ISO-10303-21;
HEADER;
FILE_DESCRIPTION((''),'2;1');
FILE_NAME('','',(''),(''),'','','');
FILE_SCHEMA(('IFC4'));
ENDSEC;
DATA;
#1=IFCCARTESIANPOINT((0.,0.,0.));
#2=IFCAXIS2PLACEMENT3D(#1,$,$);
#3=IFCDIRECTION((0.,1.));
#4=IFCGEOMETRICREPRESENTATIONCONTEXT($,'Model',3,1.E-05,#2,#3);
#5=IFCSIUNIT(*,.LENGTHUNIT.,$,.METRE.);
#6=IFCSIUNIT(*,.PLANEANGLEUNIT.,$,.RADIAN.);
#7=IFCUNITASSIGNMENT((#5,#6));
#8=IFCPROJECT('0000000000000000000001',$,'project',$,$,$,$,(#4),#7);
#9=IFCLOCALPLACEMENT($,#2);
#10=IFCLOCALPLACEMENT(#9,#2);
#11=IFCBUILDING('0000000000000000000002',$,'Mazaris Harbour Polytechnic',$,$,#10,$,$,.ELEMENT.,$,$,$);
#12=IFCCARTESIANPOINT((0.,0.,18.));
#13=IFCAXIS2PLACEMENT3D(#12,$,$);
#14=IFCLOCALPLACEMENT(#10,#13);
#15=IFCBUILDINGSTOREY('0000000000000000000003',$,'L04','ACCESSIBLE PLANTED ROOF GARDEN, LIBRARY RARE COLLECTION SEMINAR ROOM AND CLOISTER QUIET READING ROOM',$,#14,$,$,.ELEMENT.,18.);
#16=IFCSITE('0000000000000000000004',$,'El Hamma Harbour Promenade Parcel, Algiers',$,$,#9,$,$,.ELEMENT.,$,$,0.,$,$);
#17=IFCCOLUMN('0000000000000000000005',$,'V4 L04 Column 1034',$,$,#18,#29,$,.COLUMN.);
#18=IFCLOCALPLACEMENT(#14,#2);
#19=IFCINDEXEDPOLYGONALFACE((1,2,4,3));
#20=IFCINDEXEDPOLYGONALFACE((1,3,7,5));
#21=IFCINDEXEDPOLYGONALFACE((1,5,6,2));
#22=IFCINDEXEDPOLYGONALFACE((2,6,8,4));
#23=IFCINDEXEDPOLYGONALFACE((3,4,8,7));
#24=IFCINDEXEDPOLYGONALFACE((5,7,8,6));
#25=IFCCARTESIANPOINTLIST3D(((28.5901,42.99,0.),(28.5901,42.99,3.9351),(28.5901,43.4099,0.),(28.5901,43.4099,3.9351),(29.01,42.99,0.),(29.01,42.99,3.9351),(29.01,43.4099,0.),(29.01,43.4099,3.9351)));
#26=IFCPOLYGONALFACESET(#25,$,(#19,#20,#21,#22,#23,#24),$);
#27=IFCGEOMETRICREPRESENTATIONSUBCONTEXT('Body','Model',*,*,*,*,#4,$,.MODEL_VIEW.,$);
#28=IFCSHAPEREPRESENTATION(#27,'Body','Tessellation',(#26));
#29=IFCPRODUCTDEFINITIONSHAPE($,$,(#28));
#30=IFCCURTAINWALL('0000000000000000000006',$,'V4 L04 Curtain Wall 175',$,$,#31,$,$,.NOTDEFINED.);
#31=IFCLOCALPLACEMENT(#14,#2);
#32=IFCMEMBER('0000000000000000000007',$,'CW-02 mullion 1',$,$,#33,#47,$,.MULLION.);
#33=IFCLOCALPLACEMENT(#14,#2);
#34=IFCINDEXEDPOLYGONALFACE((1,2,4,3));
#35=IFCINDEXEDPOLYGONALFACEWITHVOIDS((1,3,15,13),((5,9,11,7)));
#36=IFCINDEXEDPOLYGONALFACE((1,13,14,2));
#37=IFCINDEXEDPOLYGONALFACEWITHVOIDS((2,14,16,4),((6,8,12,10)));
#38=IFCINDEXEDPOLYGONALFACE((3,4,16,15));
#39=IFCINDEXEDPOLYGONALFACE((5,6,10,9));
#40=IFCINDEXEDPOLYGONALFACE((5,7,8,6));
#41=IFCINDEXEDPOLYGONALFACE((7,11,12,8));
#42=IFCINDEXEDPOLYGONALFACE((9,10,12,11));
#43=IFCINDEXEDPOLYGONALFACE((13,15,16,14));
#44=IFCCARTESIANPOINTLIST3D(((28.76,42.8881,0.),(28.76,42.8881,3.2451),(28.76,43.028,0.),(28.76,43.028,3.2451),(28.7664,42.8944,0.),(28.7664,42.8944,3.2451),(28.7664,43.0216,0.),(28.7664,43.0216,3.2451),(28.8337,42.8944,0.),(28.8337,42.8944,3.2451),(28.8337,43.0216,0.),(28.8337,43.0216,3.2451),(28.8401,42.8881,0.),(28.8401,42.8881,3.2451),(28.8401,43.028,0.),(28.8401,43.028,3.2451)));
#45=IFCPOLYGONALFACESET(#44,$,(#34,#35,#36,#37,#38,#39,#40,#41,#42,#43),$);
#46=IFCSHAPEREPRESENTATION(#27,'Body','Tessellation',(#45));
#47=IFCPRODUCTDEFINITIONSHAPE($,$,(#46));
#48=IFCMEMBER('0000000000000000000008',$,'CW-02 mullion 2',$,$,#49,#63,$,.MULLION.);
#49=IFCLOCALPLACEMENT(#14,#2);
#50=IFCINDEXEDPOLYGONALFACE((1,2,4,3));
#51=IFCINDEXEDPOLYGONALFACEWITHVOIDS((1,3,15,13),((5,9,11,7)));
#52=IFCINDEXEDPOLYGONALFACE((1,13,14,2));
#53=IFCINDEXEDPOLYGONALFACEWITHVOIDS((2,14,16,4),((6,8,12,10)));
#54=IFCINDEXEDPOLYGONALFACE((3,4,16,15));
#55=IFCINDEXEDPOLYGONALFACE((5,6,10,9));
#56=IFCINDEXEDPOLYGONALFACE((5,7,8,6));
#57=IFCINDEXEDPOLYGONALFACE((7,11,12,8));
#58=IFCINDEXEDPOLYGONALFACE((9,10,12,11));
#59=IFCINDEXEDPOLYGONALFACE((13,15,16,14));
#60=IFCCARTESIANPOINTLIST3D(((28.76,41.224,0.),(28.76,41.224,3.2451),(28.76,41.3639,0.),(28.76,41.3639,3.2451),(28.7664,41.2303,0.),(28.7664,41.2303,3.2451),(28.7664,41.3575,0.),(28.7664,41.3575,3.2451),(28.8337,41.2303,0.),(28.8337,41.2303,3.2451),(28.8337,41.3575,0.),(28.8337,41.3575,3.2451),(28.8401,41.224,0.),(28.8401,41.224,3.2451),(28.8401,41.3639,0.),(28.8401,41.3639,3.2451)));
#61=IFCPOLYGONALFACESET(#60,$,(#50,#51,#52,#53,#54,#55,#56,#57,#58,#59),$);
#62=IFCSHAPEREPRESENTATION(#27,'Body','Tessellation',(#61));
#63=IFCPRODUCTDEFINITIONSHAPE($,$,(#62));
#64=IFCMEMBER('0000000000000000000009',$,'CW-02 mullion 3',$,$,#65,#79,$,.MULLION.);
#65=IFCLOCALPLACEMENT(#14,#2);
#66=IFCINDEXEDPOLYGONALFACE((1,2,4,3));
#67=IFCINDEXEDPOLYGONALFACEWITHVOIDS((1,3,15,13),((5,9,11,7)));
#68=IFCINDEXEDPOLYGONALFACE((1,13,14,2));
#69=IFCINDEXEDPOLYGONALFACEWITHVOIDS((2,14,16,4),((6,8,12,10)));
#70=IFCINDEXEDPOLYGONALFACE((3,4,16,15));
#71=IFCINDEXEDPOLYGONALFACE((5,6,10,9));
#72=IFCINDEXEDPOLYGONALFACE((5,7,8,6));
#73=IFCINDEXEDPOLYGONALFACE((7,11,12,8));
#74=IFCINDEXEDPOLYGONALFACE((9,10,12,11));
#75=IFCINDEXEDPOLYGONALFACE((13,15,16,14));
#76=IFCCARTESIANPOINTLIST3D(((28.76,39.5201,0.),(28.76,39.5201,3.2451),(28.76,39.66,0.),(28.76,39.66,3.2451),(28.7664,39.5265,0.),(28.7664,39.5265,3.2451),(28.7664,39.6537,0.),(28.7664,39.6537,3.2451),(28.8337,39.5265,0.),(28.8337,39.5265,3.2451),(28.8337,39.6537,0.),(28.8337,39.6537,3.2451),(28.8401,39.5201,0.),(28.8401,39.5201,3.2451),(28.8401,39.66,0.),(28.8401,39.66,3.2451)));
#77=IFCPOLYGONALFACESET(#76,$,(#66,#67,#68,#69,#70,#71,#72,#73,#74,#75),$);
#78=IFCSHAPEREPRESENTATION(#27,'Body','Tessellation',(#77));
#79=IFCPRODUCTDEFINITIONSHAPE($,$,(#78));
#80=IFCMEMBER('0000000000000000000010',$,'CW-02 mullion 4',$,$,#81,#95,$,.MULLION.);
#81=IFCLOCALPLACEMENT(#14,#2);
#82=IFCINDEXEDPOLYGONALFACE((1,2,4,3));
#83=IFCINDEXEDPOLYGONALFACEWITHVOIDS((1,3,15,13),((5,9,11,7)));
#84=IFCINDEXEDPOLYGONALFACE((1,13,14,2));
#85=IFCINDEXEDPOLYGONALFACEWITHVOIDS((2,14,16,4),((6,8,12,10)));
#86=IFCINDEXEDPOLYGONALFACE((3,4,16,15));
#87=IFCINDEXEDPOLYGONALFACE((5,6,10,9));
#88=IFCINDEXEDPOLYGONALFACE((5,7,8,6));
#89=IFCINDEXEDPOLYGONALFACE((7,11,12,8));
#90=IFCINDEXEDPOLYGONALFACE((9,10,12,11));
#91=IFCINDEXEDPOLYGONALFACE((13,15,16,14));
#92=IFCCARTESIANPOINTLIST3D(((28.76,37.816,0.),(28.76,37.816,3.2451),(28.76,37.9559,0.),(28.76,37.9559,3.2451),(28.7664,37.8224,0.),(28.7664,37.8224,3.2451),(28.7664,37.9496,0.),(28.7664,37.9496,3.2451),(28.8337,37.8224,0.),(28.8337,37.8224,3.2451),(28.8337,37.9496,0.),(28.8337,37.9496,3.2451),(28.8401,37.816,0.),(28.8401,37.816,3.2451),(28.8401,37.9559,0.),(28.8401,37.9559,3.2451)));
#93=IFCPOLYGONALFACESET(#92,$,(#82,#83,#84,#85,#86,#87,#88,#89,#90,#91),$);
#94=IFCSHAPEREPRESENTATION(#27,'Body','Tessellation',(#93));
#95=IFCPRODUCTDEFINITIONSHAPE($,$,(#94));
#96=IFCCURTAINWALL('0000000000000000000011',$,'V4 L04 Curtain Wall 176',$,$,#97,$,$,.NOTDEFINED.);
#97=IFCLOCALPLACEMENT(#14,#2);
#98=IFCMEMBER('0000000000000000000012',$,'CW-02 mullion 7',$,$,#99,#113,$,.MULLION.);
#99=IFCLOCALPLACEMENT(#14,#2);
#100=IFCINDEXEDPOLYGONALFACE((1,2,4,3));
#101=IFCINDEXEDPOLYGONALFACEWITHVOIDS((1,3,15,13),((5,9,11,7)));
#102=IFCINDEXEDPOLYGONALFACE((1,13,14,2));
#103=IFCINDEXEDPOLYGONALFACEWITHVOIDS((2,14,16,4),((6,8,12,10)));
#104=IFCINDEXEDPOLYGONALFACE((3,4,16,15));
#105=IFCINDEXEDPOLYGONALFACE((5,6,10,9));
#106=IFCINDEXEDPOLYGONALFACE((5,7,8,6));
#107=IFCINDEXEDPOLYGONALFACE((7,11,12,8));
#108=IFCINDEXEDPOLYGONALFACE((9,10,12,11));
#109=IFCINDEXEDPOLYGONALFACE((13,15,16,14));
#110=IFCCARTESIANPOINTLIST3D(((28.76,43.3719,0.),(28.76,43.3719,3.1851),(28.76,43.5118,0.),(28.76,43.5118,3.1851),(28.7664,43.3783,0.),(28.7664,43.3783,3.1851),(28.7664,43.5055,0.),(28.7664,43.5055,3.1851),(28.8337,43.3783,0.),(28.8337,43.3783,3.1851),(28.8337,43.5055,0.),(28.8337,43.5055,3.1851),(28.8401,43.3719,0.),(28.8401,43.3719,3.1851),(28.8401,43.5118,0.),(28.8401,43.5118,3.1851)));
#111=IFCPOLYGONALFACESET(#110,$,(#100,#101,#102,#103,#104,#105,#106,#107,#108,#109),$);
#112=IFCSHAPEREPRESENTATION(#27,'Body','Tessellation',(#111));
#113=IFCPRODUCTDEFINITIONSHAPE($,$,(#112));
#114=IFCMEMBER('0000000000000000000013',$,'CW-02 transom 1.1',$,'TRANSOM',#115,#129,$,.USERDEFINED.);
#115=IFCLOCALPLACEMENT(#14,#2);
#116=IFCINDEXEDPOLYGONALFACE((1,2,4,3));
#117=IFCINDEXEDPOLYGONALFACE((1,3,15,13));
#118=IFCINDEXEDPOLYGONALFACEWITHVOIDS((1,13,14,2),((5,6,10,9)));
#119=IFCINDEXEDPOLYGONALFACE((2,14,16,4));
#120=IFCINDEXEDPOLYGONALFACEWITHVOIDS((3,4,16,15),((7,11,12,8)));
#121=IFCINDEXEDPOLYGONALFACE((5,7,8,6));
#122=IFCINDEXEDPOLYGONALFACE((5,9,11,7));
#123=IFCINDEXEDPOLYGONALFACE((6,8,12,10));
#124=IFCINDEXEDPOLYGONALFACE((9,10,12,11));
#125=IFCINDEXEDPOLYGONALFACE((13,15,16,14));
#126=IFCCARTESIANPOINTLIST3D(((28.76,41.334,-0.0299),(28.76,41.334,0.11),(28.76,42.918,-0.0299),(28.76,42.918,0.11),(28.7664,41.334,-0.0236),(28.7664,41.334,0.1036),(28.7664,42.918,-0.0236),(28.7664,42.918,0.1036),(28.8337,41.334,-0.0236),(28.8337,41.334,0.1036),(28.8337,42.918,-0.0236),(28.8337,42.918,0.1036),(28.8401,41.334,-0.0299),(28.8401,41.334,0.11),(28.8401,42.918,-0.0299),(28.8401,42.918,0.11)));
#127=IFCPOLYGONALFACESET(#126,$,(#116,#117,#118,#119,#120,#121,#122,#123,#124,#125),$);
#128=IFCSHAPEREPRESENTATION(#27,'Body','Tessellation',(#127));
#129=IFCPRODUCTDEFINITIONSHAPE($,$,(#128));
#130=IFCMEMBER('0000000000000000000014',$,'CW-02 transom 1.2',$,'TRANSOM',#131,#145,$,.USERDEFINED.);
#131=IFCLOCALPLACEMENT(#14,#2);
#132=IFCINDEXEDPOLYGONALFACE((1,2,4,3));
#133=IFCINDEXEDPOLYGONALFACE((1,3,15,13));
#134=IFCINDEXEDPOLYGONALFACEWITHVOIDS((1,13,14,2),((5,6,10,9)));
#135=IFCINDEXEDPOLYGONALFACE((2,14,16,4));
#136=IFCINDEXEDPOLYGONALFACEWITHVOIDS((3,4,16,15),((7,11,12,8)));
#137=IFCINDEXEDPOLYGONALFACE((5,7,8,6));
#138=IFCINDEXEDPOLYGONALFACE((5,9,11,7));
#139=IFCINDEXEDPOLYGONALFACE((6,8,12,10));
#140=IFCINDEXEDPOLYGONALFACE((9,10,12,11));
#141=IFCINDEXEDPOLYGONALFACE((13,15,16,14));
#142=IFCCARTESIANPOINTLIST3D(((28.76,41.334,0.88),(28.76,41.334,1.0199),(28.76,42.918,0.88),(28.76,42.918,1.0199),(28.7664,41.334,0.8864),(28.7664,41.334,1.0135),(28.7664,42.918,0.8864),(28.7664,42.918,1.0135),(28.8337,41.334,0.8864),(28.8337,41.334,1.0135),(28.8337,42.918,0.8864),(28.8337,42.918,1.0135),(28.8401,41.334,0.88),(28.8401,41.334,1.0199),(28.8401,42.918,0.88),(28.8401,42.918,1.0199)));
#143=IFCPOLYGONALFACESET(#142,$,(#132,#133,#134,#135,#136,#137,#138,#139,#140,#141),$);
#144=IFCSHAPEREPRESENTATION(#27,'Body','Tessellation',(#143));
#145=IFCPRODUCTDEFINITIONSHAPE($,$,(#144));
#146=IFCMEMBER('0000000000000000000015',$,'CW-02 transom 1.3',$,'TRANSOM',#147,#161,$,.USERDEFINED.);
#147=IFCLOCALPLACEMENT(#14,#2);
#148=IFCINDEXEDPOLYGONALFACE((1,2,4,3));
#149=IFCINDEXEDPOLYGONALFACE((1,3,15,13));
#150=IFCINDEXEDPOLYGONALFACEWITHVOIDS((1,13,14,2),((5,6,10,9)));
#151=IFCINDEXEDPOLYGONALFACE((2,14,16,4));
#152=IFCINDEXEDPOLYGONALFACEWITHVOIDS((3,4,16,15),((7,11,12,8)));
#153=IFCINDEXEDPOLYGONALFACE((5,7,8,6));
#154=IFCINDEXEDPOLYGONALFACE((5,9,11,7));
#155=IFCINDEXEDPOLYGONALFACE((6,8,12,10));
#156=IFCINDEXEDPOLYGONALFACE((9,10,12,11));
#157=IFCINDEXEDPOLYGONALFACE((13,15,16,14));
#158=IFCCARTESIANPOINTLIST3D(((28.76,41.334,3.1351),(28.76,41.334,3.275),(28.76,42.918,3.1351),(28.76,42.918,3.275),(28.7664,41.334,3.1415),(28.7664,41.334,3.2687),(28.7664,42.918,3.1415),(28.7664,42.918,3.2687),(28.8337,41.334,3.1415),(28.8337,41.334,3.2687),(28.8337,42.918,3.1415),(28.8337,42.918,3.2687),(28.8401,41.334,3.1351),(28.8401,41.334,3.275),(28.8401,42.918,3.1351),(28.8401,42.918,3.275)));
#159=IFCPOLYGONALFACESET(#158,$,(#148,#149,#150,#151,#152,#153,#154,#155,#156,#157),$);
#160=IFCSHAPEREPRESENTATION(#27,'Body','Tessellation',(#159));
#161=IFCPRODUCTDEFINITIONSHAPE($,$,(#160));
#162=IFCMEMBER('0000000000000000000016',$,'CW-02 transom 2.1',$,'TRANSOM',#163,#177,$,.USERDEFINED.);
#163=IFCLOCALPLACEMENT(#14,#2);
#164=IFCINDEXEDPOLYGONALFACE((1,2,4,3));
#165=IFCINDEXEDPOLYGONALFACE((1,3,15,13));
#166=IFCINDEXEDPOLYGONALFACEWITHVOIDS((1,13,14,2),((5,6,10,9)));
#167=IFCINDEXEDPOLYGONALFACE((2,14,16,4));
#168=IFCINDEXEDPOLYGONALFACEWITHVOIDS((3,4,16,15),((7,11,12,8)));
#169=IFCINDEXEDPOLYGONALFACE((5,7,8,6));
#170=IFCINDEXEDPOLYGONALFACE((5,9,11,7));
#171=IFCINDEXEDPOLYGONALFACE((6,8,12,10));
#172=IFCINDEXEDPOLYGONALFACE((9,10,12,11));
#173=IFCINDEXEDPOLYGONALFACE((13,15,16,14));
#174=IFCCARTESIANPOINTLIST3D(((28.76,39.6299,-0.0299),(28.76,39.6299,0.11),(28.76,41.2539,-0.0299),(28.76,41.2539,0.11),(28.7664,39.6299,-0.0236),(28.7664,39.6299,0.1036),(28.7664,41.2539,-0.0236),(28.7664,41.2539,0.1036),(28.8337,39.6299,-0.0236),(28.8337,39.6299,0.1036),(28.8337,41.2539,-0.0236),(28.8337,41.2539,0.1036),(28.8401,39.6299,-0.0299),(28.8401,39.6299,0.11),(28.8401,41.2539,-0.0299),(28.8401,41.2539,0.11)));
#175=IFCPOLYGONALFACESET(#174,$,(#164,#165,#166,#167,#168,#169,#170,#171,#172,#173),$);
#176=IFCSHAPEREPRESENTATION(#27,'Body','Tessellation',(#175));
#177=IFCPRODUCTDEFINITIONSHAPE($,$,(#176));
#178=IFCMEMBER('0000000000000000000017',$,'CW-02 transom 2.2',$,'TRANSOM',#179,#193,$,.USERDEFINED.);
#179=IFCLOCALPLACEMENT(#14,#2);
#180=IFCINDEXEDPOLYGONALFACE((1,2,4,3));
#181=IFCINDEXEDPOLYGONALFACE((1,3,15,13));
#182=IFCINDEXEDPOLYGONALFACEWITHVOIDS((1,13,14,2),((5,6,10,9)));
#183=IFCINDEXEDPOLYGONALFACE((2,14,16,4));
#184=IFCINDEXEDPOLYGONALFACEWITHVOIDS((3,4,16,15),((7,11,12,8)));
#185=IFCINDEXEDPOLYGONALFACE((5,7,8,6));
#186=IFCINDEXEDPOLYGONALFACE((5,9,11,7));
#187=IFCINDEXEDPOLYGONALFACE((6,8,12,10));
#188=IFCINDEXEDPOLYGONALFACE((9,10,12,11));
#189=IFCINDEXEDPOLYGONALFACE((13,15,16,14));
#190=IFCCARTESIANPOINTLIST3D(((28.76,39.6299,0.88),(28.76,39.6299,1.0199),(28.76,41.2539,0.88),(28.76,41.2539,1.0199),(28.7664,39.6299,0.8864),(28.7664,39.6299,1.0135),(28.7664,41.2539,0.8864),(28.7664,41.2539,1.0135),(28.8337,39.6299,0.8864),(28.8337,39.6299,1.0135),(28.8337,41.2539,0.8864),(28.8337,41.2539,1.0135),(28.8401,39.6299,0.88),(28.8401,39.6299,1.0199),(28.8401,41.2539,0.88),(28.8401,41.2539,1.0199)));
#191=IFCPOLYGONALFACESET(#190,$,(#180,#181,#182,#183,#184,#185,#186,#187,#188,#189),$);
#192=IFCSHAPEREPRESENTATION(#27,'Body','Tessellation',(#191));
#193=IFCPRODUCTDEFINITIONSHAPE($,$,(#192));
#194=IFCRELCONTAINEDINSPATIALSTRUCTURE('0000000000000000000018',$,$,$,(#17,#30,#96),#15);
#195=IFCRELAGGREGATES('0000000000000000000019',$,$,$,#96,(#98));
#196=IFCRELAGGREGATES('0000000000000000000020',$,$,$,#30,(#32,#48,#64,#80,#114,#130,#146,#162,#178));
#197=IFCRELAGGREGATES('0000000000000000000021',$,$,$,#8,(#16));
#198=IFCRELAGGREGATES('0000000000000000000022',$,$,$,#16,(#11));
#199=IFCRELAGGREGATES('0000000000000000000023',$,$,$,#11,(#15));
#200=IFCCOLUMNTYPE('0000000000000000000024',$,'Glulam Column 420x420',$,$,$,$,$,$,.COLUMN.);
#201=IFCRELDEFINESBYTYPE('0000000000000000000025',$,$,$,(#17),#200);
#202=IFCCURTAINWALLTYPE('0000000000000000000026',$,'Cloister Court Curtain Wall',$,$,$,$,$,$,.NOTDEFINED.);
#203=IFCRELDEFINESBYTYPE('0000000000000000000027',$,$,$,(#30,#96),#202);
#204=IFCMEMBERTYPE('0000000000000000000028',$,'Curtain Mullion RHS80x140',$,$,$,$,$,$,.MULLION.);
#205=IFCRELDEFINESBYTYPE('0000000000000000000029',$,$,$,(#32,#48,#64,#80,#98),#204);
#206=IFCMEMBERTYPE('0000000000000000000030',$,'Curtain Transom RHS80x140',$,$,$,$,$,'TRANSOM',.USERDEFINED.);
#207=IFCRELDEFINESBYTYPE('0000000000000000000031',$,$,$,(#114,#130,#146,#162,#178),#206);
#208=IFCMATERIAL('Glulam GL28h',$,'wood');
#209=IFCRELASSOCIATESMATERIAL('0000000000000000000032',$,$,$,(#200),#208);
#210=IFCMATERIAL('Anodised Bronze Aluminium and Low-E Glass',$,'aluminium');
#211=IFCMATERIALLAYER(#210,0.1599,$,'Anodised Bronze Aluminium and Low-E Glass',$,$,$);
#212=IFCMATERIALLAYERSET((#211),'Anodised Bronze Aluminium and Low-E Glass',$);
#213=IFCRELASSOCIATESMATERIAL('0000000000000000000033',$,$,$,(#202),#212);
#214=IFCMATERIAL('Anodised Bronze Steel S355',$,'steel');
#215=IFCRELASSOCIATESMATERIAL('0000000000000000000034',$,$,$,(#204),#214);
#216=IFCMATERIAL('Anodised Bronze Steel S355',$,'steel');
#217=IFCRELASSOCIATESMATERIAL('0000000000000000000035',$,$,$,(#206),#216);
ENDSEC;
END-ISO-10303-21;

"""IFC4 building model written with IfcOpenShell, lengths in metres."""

from ifc_helpers import new_model, si_unit, direction, frame, origin, origin_2d, place, context, subcontext, project, spatial, rectangle, hollow_rectangle, extrude, material, layer, layer_set, material_profile, profile_set, type_object, element, aggregate, save


model = new_model("IFC4")

# Units and contexts
model_context = context("Model", 3, precision=1e-05, world=origin(), true_north=direction((0.0, 1.0)))
body_context = subcontext(model_context, "Body", "Model", "MODEL_VIEW")
ifc_project = project(units=[si_unit("LENGTHUNIT", "METRE"), si_unit("PLANEANGLEUNIT", "RADIAN")], contexts=[model_context])

# Site, building, storey
site_placement = place(None, origin())
site = spatial("IfcSite", under=ifc_project, at=site_placement, Name="El Hamma Harbour Promenade Parcel, Algiers", CompositionType="ELEMENT", RefElevation=0.0)
building_placement = place(site_placement, origin())
building = spatial("IfcBuilding", under=site, at=building_placement, Name="Mazaris Harbour Polytechnic", CompositionType="ELEMENT")
storey_placement = place(building_placement, frame((0.0, 0.0, 18.0)))
storey = spatial("IfcBuildingStorey", under=building, at=storey_placement, Name="L04", Description="ACCESSIBLE PLANTED ROOF GARDEN, LIBRARY RARE COLLECTION SEMINAR ROOM AND CLOISTER QUIET READING ROOM", CompositionType="ELEMENT", Elevation=18.0)

# Column
ifc_material_1 = material(Name="Glulam GL28h", Category="wood")
ifc_material_profile_1 = material_profile(ifc_material_1, rectangle(XDim=0.4199, YDim=0.4199, at=origin_2d()), Name="RECT420x420")
ifc_profile_set_1 = profile_set([ifc_material_profile_1], Name="Glulam GL28h")
column_type = type_object("IfcColumnType", Name="Glulam Column 420x420", PredefinedType="COLUMN", material=ifc_profile_set_1)
column_placement = place(storey_placement, frame((28.8, 43.2, 0.0), z_axis=(0.0, 0.0, 1.0), x_axis=(1.0, 0.0, 0.0)))
element("IfcColumn", 1, at=column_placement, inside=storey, type_object=column_type, Name="V4 L04 Column 1034", PredefinedType="COLUMN", context=body_context, shape_type="SweptSolid", body=[
    extrude(rectangle(XDim=0.4199, YDim=0.4199, at=origin_2d()), origin(), (0.0, 0.0, 1.0), 3.9351),
])

# Curtain wall, members
ifc_material_2 = material(Name="Anodised Bronze Aluminium and Low-E Glass", Category="aluminium")
ifc_layer_1 = layer(ifc_material_2, 0.1599, Name="Anodised Bronze Aluminium and Low-E Glass")
ifc_layer_set_1 = layer_set([ifc_layer_1], Name="Anodised Bronze Aluminium and Low-E Glass")
curtain_wall_type = type_object("IfcCurtainWallType", Name="Cloister Court Curtain Wall", PredefinedType="NOTDEFINED", material=ifc_layer_set_1)
curtain_wall_1_placement = place(storey_placement, origin())
curtain_wall_1 = element("IfcCurtainWall", 2, at=curtain_wall_1_placement, inside=storey, type_object=curtain_wall_type, Name="V4 L04 Curtain Wall 175", PredefinedType="NOTDEFINED")
ifc_material_3 = material(Name="Anodised Bronze Steel S355", Category="steel")
ifc_material_profile_2 = material_profile(ifc_material_3, hollow_rectangle(XDim=0.0801, YDim=0.1399, WallThickness=0.0063, at=origin_2d()), Name="RHS 80x140x6.3")
ifc_profile_set_2 = profile_set([ifc_material_profile_2], Name="Anodised Bronze Steel S355")
member_type_1 = type_object("IfcMemberType", Name="Curtain Mullion RHS80x140", PredefinedType="MULLION", material=ifc_profile_set_2)
member_1_placement = place(storey_placement, frame((28.8, 42.958, 0.0), z_axis=(0.0, 0.0, 1.0), x_axis=(1.0, 0.0, 0.0)))
member_1 = element("IfcMember", 3, at=member_1_placement, type_object=member_type_1, Name="CW-02 mullion 1", PredefinedType="MULLION", context=body_context, shape_type="SweptSolid", body=[
    extrude(hollow_rectangle(XDim=0.0801, YDim=0.1399, WallThickness=0.0063, at=origin_2d()), origin(), (0.0, 0.0, 1.0), 3.2451),
])
member_2_placement = place(storey_placement, frame((28.8, 41.2939, 0.0), z_axis=(0.0, 0.0, 1.0), x_axis=(1.0, 0.0, 0.0)))
member_2 = element("IfcMember", 4, at=member_2_placement, type_object=member_type_1, Name="CW-02 mullion 2", PredefinedType="MULLION", context=body_context, shape_type="SweptSolid", body=[
    extrude(hollow_rectangle(XDim=0.0801, YDim=0.1399, WallThickness=0.0063, at=origin_2d()), origin(), (0.0, 0.0, 1.0), 3.2451),
])
member_3_placement = place(storey_placement, frame((28.8, 39.5901, 0.0), z_axis=(0.0, 0.0, 1.0), x_axis=(1.0, 0.0, 0.0)))
member_3 = element("IfcMember", 5, at=member_3_placement, type_object=member_type_1, Name="CW-02 mullion 3", PredefinedType="MULLION", context=body_context, shape_type="SweptSolid", body=[
    extrude(hollow_rectangle(XDim=0.0801, YDim=0.1399, WallThickness=0.0063, at=origin_2d()), origin(), (0.0, 0.0, 1.0), 3.2451),
])
member_4_placement = place(storey_placement, frame((28.8, 37.886, 0.0), z_axis=(0.0, 0.0, 1.0), x_axis=(1.0, 0.0, 0.0)))
member_4 = element("IfcMember", 6, at=member_4_placement, type_object=member_type_1, Name="CW-02 mullion 4", PredefinedType="MULLION", context=body_context, shape_type="SweptSolid", body=[
    extrude(hollow_rectangle(XDim=0.0801, YDim=0.1399, WallThickness=0.0063, at=origin_2d()), origin(), (0.0, 0.0, 1.0), 3.2451),
])

# Curtain wall, member
curtain_wall_2_placement = place(storey_placement, origin())
curtain_wall_2 = element("IfcCurtainWall", 7, at=curtain_wall_2_placement, inside=storey, type_object=curtain_wall_type, Name="V4 L04 Curtain Wall 176", PredefinedType="NOTDEFINED")
member_5_placement = place(storey_placement, frame((28.8, 43.4419, 0.0), z_axis=(0.0, 0.0, 1.0), x_axis=(1.0, 0.0, 0.0)))
member_5 = element("IfcMember", 8, at=member_5_placement, type_object=member_type_1, Name="CW-02 mullion 7", PredefinedType="MULLION", context=body_context, shape_type="SweptSolid", body=[
    extrude(hollow_rectangle(XDim=0.0801, YDim=0.1399, WallThickness=0.0063, at=origin_2d()), origin(), (0.0, 0.0, 1.0), 3.1851),
])
aggregate(curtain_wall_2, [member_5])

# Members
ifc_material_4 = material(Name="Anodised Bronze Steel S355", Category="steel")
ifc_material_profile_3 = material_profile(ifc_material_4, hollow_rectangle(XDim=0.0801, YDim=0.1399, WallThickness=0.0063, at=origin_2d()), Name="RHS 80x140x6.3")
ifc_profile_set_3 = profile_set([ifc_material_profile_3], Name="Anodised Bronze Steel S355")
member_type_2 = type_object("IfcMemberType", Name="Curtain Transom RHS80x140", ElementType="TRANSOM", PredefinedType="USERDEFINED", material=ifc_profile_set_3)
member_6_placement = place(storey_placement, frame((28.8, 42.918, 0.04), z_axis=(0.0, -1.0, 0.0), x_axis=(1.0, 0.0, 0.0)))
member_6 = element("IfcMember", 9, at=member_6_placement, type_object=member_type_2, Name="CW-02 transom 1.1", ObjectType="TRANSOM", PredefinedType="USERDEFINED", context=body_context, shape_type="SweptSolid", body=[
    extrude(hollow_rectangle(XDim=0.0801, YDim=0.1399, WallThickness=0.0063, at=origin_2d()), origin(), (0.0, 0.0, 1.0), 1.584),
])
member_7_placement = place(storey_placement, frame((28.8, 42.918, 0.95), z_axis=(0.0, -1.0, 0.0), x_axis=(1.0, 0.0, 0.0)))
member_7 = element("IfcMember", 10, at=member_7_placement, type_object=member_type_2, Name="CW-02 transom 1.2", ObjectType="TRANSOM", PredefinedType="USERDEFINED", context=body_context, shape_type="SweptSolid", body=[
    extrude(hollow_rectangle(XDim=0.0801, YDim=0.1399, WallThickness=0.0063, at=origin_2d()), origin(), (0.0, 0.0, 1.0), 1.584),
])
member_8_placement = place(storey_placement, frame((28.8, 42.918, 3.2051), z_axis=(0.0, -1.0, 0.0), x_axis=(1.0, 0.0, 0.0)))
member_8 = element("IfcMember", 11, at=member_8_placement, type_object=member_type_2, Name="CW-02 transom 1.3", ObjectType="TRANSOM", PredefinedType="USERDEFINED", context=body_context, shape_type="SweptSolid", body=[
    extrude(hollow_rectangle(XDim=0.0801, YDim=0.1399, WallThickness=0.0063, at=origin_2d()), origin(), (0.0, 0.0, 1.0), 1.584),
])
member_9_placement = place(storey_placement, frame((28.8, 41.2539, 0.04), z_axis=(0.0, -1.0, 0.0), x_axis=(1.0, 0.0, 0.0)))
member_9 = element("IfcMember", 12, at=member_9_placement, type_object=member_type_2, Name="CW-02 transom 2.1", ObjectType="TRANSOM", PredefinedType="USERDEFINED", context=body_context, shape_type="SweptSolid", body=[
    extrude(hollow_rectangle(XDim=0.0801, YDim=0.1399, WallThickness=0.0063, at=origin_2d()), origin(), (0.0, 0.0, 1.0), 1.624),
])
member_10_placement = place(storey_placement, frame((28.8, 41.2539, 0.95), z_axis=(0.0, -1.0, 0.0), x_axis=(1.0, 0.0, 0.0)))
member_10 = element("IfcMember", 13, at=member_10_placement, type_object=member_type_2, Name="CW-02 transom 2.2", ObjectType="TRANSOM", PredefinedType="USERDEFINED", context=body_context, shape_type="SweptSolid", body=[
    extrude(hollow_rectangle(XDim=0.0801, YDim=0.1399, WallThickness=0.0063, at=origin_2d()), origin(), (0.0, 0.0, 1.0), 1.624),
])

aggregate(curtain_wall_1, [member_1, member_2, member_3, member_4, member_6, member_7, member_8, member_9, member_10])

save(model, "model.ifc")
